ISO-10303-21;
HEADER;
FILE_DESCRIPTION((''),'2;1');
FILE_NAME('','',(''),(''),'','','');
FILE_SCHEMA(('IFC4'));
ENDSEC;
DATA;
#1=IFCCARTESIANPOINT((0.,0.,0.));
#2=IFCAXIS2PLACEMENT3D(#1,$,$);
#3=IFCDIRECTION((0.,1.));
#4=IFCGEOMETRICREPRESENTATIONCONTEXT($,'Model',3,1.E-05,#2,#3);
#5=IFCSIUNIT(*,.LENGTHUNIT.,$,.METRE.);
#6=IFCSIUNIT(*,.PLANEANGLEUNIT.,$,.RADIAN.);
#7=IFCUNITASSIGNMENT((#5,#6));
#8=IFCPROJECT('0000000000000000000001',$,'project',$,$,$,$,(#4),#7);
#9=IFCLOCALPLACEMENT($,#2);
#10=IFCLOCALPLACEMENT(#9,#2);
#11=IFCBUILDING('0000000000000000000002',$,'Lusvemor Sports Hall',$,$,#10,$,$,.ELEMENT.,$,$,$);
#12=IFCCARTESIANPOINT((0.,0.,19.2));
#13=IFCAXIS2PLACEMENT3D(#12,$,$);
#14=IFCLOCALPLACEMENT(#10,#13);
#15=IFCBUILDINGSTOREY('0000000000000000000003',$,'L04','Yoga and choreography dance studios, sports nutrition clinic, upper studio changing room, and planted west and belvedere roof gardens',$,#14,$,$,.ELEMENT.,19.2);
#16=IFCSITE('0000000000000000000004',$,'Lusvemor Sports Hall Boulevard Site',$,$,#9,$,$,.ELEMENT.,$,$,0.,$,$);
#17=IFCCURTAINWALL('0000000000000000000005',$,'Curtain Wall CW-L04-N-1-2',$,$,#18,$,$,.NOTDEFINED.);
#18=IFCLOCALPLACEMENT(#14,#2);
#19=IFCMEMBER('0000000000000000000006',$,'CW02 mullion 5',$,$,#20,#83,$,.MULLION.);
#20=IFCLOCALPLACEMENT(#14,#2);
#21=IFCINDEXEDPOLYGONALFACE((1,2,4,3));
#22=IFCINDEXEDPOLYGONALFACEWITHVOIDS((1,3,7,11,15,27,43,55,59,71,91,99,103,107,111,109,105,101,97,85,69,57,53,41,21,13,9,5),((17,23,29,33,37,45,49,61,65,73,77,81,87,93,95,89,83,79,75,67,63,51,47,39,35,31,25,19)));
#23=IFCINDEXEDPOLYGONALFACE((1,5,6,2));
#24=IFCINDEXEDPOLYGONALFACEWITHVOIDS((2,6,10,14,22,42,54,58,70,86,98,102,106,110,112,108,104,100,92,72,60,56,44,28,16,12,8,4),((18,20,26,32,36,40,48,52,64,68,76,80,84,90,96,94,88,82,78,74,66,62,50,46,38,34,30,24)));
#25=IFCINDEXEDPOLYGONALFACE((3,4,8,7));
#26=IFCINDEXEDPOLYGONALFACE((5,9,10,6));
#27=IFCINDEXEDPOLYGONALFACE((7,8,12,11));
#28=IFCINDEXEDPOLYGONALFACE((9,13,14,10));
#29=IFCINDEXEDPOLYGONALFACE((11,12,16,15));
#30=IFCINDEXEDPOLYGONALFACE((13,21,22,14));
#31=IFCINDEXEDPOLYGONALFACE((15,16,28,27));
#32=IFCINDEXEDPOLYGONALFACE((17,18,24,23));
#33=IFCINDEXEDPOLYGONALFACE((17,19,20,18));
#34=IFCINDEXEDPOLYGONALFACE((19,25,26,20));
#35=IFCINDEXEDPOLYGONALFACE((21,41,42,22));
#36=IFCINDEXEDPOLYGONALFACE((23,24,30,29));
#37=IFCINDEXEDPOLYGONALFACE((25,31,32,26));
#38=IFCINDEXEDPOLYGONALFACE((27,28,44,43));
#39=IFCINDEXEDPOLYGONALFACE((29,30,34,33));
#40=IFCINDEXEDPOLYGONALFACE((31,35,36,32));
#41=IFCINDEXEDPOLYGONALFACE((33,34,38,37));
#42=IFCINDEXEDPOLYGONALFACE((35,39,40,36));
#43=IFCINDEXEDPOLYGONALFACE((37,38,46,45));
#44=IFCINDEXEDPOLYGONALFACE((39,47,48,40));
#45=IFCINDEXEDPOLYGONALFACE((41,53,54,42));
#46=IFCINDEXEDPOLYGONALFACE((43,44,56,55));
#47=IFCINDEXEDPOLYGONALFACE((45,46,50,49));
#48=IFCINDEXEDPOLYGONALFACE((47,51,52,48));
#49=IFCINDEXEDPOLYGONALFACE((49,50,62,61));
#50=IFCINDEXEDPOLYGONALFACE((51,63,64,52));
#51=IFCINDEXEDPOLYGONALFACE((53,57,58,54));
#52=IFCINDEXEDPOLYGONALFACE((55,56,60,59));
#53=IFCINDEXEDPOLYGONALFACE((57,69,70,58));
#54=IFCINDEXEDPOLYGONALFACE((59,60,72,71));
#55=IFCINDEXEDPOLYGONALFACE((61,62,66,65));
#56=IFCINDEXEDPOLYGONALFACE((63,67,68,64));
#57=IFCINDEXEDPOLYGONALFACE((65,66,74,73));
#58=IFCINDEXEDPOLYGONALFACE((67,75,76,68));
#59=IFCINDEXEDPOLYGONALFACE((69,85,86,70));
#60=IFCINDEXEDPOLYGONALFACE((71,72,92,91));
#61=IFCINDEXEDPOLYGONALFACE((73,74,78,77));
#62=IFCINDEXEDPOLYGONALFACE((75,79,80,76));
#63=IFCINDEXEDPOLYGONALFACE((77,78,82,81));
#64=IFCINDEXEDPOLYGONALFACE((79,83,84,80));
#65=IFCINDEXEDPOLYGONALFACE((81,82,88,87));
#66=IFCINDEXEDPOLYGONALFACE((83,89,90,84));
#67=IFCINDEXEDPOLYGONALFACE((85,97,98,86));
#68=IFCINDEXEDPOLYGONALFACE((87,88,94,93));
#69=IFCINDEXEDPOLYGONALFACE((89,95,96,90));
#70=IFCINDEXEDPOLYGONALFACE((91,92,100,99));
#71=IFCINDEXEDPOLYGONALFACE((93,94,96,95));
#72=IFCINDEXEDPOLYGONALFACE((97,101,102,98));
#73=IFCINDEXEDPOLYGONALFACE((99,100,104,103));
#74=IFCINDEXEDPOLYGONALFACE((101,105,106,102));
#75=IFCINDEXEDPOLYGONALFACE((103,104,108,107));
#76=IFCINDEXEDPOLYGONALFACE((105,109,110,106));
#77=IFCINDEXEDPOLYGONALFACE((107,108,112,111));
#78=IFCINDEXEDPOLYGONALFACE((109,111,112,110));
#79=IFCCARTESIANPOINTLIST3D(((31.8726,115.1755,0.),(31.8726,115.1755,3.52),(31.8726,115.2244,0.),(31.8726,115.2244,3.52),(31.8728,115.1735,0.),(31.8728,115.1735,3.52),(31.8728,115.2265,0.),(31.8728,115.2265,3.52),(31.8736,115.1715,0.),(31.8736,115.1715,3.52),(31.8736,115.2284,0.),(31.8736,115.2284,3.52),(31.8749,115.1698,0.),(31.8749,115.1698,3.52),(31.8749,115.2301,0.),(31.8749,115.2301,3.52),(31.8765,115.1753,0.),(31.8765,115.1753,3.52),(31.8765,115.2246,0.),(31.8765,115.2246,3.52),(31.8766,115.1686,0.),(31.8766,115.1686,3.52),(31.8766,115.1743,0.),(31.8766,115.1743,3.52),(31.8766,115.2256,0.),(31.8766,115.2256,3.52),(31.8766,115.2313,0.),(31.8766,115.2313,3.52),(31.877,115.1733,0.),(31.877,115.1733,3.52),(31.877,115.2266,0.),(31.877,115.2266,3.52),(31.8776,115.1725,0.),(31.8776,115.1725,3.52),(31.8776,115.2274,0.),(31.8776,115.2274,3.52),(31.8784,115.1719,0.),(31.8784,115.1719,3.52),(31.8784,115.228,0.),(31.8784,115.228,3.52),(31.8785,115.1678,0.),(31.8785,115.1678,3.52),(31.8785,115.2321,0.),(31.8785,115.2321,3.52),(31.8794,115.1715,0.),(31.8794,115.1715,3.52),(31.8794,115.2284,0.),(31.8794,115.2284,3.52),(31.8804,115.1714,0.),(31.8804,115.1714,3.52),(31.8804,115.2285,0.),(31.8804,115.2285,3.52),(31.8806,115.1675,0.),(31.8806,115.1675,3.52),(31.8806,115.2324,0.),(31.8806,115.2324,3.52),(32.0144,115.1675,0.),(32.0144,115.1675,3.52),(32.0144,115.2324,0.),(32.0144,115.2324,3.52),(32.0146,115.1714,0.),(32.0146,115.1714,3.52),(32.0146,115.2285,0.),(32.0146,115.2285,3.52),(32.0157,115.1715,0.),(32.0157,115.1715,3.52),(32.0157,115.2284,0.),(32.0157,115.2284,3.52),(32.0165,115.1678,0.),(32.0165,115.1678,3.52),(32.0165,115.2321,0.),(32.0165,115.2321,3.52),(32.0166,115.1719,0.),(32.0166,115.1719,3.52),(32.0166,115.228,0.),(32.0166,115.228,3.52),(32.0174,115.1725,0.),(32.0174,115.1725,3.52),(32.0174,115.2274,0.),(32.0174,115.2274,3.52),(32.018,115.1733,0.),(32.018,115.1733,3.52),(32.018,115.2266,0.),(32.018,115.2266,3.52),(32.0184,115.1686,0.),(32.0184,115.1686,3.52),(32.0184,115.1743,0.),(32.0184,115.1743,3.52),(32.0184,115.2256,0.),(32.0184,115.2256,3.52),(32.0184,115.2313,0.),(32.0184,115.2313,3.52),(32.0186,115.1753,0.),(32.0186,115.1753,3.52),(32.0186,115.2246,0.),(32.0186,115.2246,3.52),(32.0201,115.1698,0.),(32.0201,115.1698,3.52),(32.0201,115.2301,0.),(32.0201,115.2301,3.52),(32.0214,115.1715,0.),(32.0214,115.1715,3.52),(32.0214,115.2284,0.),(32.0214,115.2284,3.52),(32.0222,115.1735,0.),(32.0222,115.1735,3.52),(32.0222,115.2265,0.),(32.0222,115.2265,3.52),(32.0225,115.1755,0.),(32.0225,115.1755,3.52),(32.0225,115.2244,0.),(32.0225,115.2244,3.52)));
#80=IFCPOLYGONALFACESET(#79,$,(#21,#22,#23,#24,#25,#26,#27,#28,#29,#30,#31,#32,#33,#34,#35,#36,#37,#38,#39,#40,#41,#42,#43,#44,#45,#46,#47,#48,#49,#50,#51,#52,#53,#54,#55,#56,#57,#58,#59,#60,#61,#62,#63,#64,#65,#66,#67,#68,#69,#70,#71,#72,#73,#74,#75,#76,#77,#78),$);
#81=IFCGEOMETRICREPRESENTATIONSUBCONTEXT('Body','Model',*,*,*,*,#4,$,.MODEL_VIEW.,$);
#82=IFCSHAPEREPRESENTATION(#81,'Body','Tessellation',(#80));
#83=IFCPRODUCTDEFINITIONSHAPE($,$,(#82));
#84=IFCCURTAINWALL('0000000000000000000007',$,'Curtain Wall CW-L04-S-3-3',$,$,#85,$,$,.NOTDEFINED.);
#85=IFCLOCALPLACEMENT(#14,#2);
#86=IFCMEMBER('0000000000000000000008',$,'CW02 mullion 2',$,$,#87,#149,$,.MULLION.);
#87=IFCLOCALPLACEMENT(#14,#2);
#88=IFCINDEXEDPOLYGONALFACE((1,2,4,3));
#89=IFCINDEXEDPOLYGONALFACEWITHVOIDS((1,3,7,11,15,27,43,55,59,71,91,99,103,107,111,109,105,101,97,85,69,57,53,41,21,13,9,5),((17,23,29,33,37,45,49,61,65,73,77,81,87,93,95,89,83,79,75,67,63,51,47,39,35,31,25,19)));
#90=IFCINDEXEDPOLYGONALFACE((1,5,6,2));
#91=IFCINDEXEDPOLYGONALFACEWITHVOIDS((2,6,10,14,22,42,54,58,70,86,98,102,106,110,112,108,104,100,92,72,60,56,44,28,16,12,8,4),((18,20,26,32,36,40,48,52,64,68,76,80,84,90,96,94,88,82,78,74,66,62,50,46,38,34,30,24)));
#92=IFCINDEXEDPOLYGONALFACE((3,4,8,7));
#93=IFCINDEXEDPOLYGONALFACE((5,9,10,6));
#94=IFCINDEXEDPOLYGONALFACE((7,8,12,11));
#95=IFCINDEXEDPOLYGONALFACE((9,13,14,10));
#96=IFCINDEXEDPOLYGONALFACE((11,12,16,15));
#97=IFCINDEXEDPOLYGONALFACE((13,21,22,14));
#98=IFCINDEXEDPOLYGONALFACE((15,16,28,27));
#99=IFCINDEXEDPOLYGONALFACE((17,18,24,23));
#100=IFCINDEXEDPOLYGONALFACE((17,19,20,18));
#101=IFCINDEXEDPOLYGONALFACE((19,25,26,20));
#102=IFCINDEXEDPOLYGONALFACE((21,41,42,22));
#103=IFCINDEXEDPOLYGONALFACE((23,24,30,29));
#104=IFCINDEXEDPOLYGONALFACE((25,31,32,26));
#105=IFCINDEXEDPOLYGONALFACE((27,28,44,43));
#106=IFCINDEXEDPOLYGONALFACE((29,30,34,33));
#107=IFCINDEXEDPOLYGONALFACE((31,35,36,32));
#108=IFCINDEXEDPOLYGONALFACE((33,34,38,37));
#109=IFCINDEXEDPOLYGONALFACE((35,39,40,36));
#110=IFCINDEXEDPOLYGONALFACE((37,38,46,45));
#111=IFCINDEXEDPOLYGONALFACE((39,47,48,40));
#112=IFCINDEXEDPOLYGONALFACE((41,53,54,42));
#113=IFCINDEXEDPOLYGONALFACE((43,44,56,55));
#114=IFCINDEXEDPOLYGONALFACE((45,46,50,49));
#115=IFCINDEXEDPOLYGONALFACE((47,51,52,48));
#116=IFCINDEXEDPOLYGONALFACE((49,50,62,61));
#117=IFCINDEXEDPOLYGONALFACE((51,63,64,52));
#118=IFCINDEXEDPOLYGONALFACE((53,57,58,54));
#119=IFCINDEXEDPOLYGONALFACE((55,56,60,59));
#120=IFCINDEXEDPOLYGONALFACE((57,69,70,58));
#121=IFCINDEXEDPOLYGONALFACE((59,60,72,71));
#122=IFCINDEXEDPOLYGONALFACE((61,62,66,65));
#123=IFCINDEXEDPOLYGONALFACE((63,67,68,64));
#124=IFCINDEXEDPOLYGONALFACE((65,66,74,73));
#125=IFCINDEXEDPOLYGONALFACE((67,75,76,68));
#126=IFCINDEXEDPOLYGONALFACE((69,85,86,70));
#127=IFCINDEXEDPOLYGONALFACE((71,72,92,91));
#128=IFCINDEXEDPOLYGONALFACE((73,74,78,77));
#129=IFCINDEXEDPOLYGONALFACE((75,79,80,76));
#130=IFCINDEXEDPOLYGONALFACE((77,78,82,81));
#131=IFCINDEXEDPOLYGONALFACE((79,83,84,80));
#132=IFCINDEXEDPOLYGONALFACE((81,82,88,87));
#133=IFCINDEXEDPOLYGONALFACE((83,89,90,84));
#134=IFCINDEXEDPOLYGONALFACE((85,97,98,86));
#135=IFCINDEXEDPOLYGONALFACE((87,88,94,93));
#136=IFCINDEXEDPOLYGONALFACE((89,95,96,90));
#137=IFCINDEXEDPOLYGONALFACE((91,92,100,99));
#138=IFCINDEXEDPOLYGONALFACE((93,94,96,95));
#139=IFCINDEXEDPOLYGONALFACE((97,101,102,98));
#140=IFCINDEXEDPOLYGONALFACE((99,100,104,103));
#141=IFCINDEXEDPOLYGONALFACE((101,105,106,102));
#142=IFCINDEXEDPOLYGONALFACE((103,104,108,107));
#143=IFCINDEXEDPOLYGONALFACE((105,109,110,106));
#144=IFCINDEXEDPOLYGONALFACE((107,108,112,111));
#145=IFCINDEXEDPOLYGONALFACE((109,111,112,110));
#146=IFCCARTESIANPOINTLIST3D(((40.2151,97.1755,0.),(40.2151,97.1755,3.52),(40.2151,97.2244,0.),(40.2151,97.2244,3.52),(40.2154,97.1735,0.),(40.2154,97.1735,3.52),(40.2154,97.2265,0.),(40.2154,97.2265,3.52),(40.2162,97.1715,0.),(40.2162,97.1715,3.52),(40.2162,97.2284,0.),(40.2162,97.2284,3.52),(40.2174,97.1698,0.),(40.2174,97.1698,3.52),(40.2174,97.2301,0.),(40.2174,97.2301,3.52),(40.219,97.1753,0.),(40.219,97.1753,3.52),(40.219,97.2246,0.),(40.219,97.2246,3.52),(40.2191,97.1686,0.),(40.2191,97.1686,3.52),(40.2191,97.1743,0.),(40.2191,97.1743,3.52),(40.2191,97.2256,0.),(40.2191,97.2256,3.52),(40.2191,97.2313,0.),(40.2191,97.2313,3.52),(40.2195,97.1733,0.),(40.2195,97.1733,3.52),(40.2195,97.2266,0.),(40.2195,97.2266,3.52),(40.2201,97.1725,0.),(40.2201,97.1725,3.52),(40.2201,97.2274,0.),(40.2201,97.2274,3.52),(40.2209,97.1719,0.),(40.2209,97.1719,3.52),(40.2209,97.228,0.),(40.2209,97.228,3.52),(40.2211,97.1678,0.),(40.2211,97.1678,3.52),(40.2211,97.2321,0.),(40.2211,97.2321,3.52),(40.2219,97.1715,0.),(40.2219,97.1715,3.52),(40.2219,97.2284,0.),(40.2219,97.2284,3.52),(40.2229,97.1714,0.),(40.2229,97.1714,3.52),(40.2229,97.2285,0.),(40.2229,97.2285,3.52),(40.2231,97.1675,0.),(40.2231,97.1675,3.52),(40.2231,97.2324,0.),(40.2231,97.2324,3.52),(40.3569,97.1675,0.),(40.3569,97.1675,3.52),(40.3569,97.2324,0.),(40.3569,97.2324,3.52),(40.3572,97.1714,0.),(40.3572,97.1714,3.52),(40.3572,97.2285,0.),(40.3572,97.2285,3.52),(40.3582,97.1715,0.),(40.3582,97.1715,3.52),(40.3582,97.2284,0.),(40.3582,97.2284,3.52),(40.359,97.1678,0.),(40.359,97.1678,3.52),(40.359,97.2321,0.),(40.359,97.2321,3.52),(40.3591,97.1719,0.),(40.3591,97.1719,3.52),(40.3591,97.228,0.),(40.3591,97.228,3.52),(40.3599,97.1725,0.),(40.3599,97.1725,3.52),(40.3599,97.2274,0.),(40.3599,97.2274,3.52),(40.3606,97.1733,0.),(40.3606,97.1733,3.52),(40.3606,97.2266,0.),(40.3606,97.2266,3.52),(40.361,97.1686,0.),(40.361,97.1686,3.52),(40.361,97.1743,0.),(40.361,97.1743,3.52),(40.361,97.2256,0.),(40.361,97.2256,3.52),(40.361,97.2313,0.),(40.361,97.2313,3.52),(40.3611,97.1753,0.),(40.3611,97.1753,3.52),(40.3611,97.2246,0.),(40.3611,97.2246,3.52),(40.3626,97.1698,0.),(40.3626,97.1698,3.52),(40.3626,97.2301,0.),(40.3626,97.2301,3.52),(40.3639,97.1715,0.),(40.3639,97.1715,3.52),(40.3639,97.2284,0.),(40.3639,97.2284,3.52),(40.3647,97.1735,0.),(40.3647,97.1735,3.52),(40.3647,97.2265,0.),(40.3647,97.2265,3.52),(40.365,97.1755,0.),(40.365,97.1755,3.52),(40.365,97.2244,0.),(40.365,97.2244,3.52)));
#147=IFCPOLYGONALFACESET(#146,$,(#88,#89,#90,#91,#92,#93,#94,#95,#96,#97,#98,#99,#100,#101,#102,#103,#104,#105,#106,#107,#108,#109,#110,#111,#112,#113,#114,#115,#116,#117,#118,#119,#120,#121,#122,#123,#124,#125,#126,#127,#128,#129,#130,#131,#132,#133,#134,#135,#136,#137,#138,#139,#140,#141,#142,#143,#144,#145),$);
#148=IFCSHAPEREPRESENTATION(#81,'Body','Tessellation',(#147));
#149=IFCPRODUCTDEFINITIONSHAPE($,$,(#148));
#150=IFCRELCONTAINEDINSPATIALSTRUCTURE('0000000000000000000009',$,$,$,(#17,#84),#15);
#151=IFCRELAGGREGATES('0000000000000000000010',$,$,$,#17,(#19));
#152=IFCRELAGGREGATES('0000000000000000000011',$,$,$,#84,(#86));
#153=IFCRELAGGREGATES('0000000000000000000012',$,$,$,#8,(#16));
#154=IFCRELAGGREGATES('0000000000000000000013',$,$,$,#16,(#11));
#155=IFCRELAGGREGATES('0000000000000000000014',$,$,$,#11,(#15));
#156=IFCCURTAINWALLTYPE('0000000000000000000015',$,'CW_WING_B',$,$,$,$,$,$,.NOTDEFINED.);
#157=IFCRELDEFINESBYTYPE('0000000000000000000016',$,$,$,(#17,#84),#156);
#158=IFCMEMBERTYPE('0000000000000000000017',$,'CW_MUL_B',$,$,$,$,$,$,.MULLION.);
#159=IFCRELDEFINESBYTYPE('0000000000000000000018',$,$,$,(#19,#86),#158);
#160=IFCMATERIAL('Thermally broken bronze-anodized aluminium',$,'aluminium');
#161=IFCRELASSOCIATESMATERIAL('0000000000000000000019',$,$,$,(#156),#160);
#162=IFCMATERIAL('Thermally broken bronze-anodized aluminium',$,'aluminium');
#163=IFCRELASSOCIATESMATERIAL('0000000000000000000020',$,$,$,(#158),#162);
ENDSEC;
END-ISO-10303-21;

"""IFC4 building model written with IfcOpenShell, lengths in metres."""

from ifc_helpers import new_model, si_unit, direction, frame, origin, origin_2d, place, context, subcontext, project, spatial, hollow_rectangle, extrude, material, material_profile, profile_set, type_object, element, aggregate, save


model = new_model("IFC4")

# Units and contexts
model_context = context("Model", 3, precision=1e-05, world=origin(), true_north=direction((0.0, 1.0)))
body_context = subcontext(model_context, "Body", "Model", "MODEL_VIEW")
ifc_project = project(units=[si_unit("LENGTHUNIT", "METRE"), si_unit("PLANEANGLEUNIT", "RADIAN")], contexts=[model_context])

# Site, building, storey
site_placement = place(None, origin())
site = spatial("IfcSite", under=ifc_project, at=site_placement, Name="Lusvemor Sports Hall Boulevard Site", CompositionType="ELEMENT", RefElevation=0.0)
building_placement = place(site_placement, origin())
building = spatial("IfcBuilding", under=site, at=building_placement, Name="Lusvemor Sports Hall", CompositionType="ELEMENT")
storey_placement = place(building_placement, frame((0.0, 0.0, 19.2)))
storey = spatial("IfcBuildingStorey", under=building, at=storey_placement, Name="L04", Description="Yoga and choreography dance studios, sports nutrition clinic, upper studio changing room, and planted west and belvedere roof gardens", CompositionType="ELEMENT", Elevation=19.2)

# Curtain wall, member
ifc_material_1 = material(Name="Thermally broken bronze-anodized aluminium", Category="aluminium")
curtain_wall_type = type_object("IfcCurtainWallType", Name="CW_WING_B", PredefinedType="NOTDEFINED", material=ifc_material_1)
curtain_wall_1_placement = place(storey_placement, origin())
curtain_wall_1 = element("IfcCurtainWall", 1, at=curtain_wall_1_placement, inside=storey, type_object=curtain_wall_type, Name="Curtain Wall CW-L04-N-1-2", PredefinedType="NOTDEFINED")
ifc_material_2 = material(Name="Thermally broken bronze-anodized aluminium", Category="aluminium")
ifc_material_profile_1 = material_profile(ifc_material_2, hollow_rectangle(XDim=0.0649, YDim=0.1499, WallThickness=0.0039, InnerFilletRadius=0.0039, OuterFilletRadius=0.0081, at=origin_2d()), Name="CWMUL150x65x4")
ifc_profile_set_1 = profile_set([ifc_material_profile_1], Name="Thermally broken bronze-anodized aluminium")
member_type_1 = type_object("IfcMemberType", Name="CW_MUL_B", PredefinedType="MULLION", material=ifc_profile_set_1)
member_1_placement = place(storey_placement, frame((31.9475, 115.2, 0.0), z_axis=(0.0, 0.0, 1.0), x_axis=(0.0, 1.0, 0.0)))
member_1 = element("IfcMember", 2, at=member_1_placement, type_object=member_type_1, Name="CW02 mullion 5", PredefinedType="MULLION", context=body_context, shape_type="SweptSolid", body=[
    extrude(hollow_rectangle(XDim=0.0649, YDim=0.1499, WallThickness=0.0039, InnerFilletRadius=0.0039, OuterFilletRadius=0.0081, at=origin_2d()), origin(), (0.0, 0.0, 1.0), 3.52),
])

# Curtain wall, member
curtain_wall_2_placement = place(storey_placement, origin())
curtain_wall_2 = element("IfcCurtainWall", 3, at=curtain_wall_2_placement, inside=storey, type_object=curtain_wall_type, Name="Curtain Wall CW-L04-S-3-3", PredefinedType="NOTDEFINED")
member_2_placement = place(storey_placement, frame((40.29, 97.2, 0.0), z_axis=(0.0, 0.0, 1.0), x_axis=(0.0, -1.0, 0.0)))
member_2 = element("IfcMember", 4, at=member_2_placement, type_object=member_type_1, Name="CW02 mullion 2", PredefinedType="MULLION", context=body_context, shape_type="SweptSolid", body=[
    extrude(hollow_rectangle(XDim=0.0649, YDim=0.1499, WallThickness=0.0039, InnerFilletRadius=0.0039, OuterFilletRadius=0.0081, at=origin_2d()), origin(), (0.0, 0.0, 1.0), 3.52),
])

aggregate(curtain_wall_1, [member_1])
aggregate(curtain_wall_2, [member_2])

save(model, "model.ifc")
